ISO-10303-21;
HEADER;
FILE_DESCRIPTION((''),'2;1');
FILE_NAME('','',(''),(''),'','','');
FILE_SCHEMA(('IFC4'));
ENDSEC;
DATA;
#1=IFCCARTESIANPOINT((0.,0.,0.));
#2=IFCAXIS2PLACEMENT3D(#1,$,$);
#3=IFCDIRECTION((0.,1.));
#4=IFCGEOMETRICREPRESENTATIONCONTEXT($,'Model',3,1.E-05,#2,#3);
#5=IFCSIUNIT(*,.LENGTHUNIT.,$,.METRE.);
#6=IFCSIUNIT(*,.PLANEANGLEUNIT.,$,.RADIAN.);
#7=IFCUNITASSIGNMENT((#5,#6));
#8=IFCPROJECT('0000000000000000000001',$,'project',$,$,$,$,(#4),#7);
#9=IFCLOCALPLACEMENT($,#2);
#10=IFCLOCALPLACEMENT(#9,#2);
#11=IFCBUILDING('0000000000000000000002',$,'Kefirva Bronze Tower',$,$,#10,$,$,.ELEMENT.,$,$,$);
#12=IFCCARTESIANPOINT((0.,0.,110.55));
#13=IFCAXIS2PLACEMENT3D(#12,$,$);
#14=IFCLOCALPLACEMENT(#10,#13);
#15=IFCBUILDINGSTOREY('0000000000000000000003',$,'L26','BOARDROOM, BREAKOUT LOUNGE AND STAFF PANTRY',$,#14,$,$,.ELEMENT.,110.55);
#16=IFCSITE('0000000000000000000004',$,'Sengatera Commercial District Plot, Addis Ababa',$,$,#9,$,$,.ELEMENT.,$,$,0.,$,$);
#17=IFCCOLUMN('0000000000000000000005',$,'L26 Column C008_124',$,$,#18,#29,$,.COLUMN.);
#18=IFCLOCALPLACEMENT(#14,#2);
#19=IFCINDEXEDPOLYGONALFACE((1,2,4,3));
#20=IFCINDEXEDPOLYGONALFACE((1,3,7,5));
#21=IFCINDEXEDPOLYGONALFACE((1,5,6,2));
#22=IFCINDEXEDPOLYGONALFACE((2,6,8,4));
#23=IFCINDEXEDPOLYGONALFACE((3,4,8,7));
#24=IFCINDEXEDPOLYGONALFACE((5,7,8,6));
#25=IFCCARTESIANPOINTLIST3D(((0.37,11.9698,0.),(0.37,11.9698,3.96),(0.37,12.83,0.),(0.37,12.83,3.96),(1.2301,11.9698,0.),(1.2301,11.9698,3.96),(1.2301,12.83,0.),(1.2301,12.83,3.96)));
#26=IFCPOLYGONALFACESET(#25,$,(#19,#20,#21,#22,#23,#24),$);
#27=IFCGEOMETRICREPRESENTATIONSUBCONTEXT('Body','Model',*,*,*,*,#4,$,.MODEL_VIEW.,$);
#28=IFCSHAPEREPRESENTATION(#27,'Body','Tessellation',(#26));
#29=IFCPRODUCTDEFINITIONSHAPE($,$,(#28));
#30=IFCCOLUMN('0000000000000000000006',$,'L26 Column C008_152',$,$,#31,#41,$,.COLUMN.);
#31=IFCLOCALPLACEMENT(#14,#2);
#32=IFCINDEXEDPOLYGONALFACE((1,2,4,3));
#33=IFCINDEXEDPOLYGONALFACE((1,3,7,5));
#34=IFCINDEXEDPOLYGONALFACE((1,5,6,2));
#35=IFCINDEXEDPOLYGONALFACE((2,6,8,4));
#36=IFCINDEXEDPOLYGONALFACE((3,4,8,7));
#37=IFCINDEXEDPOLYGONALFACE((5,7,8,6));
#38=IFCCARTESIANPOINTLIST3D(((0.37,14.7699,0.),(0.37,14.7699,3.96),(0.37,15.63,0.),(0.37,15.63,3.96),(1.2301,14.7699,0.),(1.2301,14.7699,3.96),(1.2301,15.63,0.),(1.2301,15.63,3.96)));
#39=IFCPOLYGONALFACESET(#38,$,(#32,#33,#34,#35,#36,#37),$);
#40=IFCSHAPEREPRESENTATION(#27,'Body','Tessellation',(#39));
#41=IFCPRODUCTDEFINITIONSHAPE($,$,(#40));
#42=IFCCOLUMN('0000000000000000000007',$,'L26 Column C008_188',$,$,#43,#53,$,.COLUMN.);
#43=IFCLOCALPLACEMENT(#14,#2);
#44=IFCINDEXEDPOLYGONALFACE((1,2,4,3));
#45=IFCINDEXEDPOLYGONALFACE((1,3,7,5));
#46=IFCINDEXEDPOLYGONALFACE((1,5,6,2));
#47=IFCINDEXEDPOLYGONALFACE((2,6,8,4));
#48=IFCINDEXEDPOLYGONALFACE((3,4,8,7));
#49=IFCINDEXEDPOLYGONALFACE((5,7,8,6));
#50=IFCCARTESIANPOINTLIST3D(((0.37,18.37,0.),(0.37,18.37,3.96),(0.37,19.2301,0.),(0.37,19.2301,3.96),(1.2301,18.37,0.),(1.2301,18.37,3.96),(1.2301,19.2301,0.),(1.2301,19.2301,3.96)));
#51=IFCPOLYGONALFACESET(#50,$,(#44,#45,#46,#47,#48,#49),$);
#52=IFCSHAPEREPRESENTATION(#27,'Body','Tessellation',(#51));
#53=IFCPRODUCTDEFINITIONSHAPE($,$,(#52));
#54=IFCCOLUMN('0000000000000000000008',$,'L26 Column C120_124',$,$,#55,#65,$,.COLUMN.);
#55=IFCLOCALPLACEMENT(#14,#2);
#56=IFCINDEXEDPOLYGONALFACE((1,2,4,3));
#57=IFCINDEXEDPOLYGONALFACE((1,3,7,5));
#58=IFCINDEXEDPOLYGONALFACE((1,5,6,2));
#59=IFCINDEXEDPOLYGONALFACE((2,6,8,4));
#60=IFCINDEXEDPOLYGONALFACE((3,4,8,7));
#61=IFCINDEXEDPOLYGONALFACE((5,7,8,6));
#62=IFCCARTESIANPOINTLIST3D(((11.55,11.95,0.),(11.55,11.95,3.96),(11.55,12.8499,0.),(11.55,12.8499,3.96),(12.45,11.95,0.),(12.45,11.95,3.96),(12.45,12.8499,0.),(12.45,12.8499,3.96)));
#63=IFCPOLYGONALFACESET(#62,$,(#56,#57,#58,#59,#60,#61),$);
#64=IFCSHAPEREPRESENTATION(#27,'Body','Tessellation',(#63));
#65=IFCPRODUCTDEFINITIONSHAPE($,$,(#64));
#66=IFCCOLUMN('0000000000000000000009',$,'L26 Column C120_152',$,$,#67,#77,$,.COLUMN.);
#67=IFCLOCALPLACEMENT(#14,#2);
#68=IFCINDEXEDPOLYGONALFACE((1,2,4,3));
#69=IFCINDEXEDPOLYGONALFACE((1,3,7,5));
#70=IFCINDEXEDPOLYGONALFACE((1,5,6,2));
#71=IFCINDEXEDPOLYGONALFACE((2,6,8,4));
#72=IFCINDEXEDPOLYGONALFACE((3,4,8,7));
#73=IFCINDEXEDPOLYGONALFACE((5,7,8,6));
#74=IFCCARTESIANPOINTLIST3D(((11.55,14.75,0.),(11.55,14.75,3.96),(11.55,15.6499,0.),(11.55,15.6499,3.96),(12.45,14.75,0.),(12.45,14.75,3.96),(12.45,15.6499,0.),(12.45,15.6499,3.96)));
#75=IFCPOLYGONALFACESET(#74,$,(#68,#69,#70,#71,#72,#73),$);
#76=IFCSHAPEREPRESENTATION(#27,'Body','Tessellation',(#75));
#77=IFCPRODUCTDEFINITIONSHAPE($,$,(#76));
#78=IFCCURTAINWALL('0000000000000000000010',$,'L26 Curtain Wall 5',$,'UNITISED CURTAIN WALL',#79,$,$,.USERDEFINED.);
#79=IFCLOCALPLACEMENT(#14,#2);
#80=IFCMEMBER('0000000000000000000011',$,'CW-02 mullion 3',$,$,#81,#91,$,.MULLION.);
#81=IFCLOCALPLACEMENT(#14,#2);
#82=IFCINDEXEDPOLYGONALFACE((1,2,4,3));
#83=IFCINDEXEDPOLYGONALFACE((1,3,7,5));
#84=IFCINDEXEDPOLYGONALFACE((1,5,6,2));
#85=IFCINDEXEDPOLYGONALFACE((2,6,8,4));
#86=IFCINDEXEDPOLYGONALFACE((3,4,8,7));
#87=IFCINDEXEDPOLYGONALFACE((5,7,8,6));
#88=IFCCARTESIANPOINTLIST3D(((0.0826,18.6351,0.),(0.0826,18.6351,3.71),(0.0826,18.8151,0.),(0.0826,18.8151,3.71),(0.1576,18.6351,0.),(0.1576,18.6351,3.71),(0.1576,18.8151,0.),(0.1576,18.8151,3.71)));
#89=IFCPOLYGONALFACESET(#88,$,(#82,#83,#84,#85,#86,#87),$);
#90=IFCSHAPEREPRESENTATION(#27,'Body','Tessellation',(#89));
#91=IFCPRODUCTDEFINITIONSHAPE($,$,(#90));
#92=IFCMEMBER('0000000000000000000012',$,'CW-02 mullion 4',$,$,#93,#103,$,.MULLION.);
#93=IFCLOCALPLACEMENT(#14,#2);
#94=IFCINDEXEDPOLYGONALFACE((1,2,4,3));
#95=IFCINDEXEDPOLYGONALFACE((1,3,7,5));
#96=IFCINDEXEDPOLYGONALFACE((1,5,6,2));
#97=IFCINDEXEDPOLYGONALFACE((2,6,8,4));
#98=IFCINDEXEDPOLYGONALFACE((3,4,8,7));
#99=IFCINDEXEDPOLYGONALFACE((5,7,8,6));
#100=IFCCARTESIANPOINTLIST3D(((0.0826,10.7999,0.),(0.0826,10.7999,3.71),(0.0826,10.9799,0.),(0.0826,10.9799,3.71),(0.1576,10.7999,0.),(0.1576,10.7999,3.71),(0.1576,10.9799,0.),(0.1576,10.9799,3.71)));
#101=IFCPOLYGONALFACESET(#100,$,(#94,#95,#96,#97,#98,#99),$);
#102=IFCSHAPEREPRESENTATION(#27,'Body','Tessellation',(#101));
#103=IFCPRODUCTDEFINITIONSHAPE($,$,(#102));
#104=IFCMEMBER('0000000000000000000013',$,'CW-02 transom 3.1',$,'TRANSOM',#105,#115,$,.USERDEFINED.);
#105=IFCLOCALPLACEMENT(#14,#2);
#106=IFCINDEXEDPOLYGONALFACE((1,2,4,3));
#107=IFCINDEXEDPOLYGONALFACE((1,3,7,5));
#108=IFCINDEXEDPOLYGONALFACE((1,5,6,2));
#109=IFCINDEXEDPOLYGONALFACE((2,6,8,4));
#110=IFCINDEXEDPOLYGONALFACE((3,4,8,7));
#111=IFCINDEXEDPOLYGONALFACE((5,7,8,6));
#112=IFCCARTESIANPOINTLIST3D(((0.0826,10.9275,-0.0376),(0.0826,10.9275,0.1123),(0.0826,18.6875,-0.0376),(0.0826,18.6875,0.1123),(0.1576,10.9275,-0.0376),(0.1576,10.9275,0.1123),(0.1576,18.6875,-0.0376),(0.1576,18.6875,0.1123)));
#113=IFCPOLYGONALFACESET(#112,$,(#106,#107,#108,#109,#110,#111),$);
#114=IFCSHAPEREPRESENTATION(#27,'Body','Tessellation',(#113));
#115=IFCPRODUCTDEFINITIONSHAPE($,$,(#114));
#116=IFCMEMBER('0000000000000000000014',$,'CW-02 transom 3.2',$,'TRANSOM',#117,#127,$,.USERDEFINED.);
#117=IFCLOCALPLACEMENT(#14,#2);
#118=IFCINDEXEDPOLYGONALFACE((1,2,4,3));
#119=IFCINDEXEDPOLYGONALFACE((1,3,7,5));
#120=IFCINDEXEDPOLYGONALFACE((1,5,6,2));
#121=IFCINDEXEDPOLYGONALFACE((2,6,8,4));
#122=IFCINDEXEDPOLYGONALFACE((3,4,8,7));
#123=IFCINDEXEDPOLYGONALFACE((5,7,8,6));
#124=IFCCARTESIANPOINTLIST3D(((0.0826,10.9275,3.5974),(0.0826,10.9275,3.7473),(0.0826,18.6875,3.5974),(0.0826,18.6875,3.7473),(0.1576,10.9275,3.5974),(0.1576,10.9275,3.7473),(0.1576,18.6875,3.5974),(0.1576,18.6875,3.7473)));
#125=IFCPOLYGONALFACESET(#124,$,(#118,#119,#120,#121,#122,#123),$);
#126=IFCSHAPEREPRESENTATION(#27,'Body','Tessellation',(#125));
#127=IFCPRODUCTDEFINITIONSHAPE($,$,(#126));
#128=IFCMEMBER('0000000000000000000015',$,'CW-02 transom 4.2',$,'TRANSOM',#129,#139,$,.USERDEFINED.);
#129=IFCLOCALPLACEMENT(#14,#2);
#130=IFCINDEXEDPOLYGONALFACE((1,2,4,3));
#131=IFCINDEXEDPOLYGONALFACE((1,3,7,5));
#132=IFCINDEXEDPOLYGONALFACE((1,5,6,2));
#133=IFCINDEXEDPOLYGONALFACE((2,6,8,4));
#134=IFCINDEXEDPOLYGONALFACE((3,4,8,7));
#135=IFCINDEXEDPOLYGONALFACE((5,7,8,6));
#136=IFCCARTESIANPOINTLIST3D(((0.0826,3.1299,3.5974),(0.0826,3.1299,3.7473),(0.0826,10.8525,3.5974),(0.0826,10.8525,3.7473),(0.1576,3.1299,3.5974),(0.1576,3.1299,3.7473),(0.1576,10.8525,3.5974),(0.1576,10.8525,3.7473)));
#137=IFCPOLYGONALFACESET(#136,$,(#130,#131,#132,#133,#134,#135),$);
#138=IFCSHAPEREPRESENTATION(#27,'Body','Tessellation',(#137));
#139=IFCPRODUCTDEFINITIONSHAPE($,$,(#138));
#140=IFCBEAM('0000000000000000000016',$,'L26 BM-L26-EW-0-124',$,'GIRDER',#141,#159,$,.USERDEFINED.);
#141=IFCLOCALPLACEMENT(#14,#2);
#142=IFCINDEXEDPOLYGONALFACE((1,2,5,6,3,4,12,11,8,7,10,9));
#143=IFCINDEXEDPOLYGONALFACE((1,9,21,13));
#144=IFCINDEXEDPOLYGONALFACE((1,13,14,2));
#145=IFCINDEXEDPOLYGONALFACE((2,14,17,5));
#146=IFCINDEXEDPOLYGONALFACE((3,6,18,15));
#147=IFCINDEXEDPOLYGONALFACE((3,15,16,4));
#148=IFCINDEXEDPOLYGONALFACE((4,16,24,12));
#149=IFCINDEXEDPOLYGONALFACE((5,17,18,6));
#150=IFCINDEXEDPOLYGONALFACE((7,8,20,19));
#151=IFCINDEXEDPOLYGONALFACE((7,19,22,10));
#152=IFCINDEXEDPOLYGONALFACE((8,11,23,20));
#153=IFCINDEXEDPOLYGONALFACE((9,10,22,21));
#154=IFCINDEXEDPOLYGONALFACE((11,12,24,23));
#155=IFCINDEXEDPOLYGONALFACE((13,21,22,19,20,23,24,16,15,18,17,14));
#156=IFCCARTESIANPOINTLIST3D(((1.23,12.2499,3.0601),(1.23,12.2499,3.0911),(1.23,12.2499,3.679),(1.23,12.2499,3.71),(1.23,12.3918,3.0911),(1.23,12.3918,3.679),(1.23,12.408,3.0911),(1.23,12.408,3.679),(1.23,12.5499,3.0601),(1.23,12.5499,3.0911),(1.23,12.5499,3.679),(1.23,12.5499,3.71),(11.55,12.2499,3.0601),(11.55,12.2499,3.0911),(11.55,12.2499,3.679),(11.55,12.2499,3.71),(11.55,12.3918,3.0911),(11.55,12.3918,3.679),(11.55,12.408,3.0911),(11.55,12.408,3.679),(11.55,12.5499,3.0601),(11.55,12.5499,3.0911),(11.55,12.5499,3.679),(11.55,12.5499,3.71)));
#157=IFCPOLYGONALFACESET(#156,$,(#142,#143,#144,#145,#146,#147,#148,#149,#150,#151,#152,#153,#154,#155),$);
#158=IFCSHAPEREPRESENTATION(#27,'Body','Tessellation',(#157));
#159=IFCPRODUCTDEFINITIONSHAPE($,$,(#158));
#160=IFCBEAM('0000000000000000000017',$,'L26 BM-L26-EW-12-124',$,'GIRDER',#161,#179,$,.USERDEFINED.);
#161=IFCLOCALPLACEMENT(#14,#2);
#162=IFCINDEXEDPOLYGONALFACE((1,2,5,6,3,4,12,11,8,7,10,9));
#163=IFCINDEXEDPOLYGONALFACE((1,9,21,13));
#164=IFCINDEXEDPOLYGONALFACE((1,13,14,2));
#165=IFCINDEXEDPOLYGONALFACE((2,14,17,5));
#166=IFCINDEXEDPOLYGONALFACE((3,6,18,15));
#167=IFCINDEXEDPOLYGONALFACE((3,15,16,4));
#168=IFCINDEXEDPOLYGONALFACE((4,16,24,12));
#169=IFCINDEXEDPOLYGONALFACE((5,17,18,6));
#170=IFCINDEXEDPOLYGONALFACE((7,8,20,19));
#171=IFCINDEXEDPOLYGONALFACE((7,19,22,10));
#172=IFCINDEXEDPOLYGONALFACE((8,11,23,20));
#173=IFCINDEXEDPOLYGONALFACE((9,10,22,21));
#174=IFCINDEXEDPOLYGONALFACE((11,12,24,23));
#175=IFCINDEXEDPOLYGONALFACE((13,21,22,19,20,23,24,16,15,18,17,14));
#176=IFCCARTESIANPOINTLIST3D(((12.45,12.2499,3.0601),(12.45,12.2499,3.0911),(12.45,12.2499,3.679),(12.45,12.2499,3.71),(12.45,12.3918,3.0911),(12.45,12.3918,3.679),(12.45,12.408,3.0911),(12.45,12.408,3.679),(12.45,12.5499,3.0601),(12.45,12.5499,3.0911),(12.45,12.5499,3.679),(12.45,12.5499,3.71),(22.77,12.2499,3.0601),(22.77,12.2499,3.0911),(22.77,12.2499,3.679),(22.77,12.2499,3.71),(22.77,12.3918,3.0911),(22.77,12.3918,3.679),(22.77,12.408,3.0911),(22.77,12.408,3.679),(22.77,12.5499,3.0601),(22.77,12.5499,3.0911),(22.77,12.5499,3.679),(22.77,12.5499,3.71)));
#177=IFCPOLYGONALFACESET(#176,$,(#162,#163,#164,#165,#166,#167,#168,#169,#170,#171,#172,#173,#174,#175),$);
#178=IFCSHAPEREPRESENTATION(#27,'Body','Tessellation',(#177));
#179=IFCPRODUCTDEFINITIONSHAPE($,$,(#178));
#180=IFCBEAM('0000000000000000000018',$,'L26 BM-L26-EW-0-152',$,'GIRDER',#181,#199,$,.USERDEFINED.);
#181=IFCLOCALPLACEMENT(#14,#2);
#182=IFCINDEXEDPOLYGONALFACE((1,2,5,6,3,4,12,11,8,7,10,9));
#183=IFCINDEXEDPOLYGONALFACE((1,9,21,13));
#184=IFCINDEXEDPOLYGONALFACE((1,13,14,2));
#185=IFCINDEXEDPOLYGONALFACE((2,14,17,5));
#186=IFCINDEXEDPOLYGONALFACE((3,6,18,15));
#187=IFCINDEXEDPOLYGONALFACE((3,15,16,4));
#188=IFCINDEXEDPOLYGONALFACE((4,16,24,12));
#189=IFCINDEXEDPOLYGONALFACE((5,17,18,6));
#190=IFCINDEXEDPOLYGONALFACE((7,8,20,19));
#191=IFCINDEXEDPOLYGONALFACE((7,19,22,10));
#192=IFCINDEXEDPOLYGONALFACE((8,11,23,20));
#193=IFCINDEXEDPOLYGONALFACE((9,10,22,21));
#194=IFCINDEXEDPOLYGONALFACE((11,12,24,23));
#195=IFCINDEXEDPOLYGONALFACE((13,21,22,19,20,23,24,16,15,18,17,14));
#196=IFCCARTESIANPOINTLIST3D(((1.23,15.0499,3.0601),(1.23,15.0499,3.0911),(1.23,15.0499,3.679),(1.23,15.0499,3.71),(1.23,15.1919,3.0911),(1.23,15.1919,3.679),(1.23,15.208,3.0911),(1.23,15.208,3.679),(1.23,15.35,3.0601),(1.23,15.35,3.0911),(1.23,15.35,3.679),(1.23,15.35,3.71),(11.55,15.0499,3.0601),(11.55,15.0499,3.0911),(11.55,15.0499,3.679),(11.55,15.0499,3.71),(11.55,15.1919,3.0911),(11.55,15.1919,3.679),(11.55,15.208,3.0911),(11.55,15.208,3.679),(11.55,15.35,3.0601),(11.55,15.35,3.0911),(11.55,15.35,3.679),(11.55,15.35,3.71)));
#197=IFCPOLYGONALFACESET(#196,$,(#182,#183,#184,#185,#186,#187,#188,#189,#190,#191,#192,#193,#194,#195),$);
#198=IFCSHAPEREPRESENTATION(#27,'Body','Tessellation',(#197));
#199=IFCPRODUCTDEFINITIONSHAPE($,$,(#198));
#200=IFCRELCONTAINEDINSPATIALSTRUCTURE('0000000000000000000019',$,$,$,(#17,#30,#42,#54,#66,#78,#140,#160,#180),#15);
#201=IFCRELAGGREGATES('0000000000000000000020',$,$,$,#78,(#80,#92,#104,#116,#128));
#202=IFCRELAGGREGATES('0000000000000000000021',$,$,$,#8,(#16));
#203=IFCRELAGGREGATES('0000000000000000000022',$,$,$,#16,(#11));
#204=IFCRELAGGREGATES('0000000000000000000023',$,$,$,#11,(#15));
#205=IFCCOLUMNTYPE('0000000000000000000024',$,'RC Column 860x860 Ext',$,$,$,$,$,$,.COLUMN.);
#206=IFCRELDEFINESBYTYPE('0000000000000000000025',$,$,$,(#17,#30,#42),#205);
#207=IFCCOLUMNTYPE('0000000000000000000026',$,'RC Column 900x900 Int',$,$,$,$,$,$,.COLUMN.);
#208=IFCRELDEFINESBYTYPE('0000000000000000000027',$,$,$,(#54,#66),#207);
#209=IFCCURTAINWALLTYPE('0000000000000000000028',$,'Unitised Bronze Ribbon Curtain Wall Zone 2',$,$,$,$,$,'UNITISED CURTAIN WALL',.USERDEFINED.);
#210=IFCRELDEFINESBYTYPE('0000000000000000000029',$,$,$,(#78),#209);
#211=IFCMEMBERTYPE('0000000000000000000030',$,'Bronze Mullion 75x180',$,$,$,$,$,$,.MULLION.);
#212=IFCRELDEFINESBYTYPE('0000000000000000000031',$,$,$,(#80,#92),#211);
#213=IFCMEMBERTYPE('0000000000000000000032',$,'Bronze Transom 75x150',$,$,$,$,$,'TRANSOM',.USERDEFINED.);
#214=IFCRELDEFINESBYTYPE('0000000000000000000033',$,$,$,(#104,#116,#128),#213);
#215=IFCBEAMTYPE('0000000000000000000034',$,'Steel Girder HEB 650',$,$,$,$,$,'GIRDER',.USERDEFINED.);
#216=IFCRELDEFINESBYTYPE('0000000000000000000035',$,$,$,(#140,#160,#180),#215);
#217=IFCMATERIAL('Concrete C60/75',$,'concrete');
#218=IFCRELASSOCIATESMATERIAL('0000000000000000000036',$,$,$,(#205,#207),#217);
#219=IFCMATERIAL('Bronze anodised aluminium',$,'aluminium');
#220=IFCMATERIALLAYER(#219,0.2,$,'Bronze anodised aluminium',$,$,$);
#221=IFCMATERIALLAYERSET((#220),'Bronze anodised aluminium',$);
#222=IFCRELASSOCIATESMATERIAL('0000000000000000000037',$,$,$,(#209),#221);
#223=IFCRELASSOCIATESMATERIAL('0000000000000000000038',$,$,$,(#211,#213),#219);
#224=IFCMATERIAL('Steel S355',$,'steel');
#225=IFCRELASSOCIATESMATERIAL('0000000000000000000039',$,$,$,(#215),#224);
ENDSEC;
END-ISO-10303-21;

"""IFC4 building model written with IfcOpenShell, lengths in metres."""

from ifc_helpers import new_model, si_unit, direction, frame, origin, origin_2d, place, context, subcontext, project, spatial, rectangle, i_section, extrude, material, layer, layer_set, material_profile, profile_set, type_object, element, aggregate, save


model = new_model("IFC4")

# Units and contexts
model_context = context("Model", 3, precision=1e-05, world=origin(), true_north=direction((0.0, 1.0)))
body_context = subcontext(model_context, "Body", "Model", "MODEL_VIEW")
ifc_project = project(units=[si_unit("LENGTHUNIT", "METRE"), si_unit("PLANEANGLEUNIT", "RADIAN")], contexts=[model_context])

# Site, building, storey
site_placement = place(None, origin())
site = spatial("IfcSite", under=ifc_project, at=site_placement, Name="Sengatera Commercial District Plot, Addis Ababa", CompositionType="ELEMENT", RefElevation=0.0)
building_placement = place(site_placement, origin())
building = spatial("IfcBuilding", under=site, at=building_placement, Name="Kefirva Bronze Tower", CompositionType="ELEMENT")
storey_placement = place(building_placement, frame((0.0, 0.0, 110.55)))
storey = spatial("IfcBuildingStorey", under=building, at=storey_placement, Name="L26", Description="BOARDROOM, BREAKOUT LOUNGE AND STAFF PANTRY", CompositionType="ELEMENT", Elevation=110.55)

# Columns
ifc_material_1 = material(Name="Concrete C60/75", Category="concrete")
ifc_material_profile_1 = material_profile(ifc_material_1, rectangle(XDim=0.8601, YDim=0.8601, at=origin_2d()), Name="RC 860x860")
ifc_profile_set_1 = profile_set([ifc_material_profile_1], Name="Concrete C60/75")
column_type_1 = type_object("IfcColumnType", Name="RC Column 860x860 Ext", PredefinedType="COLUMN", material=ifc_profile_set_1)
for number, where, z_axis, x_axis, name in (
    (1, (0.8, 12.3999, 0.0), (0.0, 0.0, 1.0), (1.0, 0.0, 0.0), "L26 Column C008_124"),
    (2, (0.8, 15.2, 0.0), (0.0, 0.0, 1.0), (1.0, 0.0, 0.0), "L26 Column C008_152"),
    (3, (0.8, 18.8, 0.0), (0.0, 0.0, 1.0), (1.0, 0.0, 0.0), "L26 Column C008_188"),
):
    element("IfcColumn", number, at=place(storey_placement, frame(where, z_axis=z_axis, x_axis=x_axis)), inside=storey, type_object=column_type_1, Name=name, PredefinedType="COLUMN", context=body_context, shape_type="SweptSolid", body=[
        extrude(rectangle(XDim=0.8601, YDim=0.8601, at=origin_2d()), origin(), (0.0, 0.0, 1.0), 3.96),
    ])
ifc_material_profile_2 = material_profile(ifc_material_1, rectangle(XDim=0.8999, YDim=0.8999, at=origin_2d()), Name="RC 900x900")
ifc_profile_set_2 = profile_set([ifc_material_profile_2], Name="Concrete C60/75")
column_type_2 = type_object("IfcColumnType", Name="RC Column 900x900 Int", PredefinedType="COLUMN", material=ifc_profile_set_2)
for number, where, z_axis, x_axis, name in (
    (4, (12.0, 12.3999, 0.0), (0.0, 0.0, 1.0), (1.0, 0.0, 0.0), "L26 Column C120_124"),
    (5, (12.0, 15.2, 0.0), (0.0, 0.0, 1.0), (1.0, 0.0, 0.0), "L26 Column C120_152"),
):
    element("IfcColumn", number, at=place(storey_placement, frame(where, z_axis=z_axis, x_axis=x_axis)), inside=storey, type_object=column_type_2, Name=name, PredefinedType="COLUMN", context=body_context, shape_type="SweptSolid", body=[
        extrude(rectangle(XDim=0.8999, YDim=0.8999, at=origin_2d()), origin(), (0.0, 0.0, 1.0), 3.96),
    ])

# Curtain wall, members
ifc_material_2 = material(Name="Bronze anodised aluminium", Category="aluminium")
ifc_layer_1 = layer(ifc_material_2, 0.2, Name="Bronze anodised aluminium")
ifc_layer_set_1 = layer_set([ifc_layer_1], Name="Bronze anodised aluminium")
curtain_wall_type = type_object("IfcCurtainWallType", Name="Unitised Bronze Ribbon Curtain Wall Zone 2", ElementType="UNITISED CURTAIN WALL", PredefinedType="USERDEFINED", material=ifc_layer_set_1)
curtain_wall_placement = place(storey_placement, origin())
curtain_wall = element("IfcCurtainWall", 6, at=curtain_wall_placement, inside=storey, type_object=curtain_wall_type, Name="L26 Curtain Wall 5", ObjectType="UNITISED CURTAIN WALL", PredefinedType="USERDEFINED")
ifc_material_profile_3 = material_profile(ifc_material_2, rectangle(XDim=0.075, YDim=0.1799, at=origin_2d()), Name="ALU 75x180")
ifc_profile_set_3 = profile_set([ifc_material_profile_3], Name="Bronze anodised aluminium")
member_type_1 = type_object("IfcMemberType", Name="Bronze Mullion 75x180", PredefinedType="MULLION", material=ifc_profile_set_3)
member_1_placement = place(storey_placement, frame((0.1201, 18.7251, 0.0), z_axis=(0.0, 0.0, 1.0), x_axis=(1.0, 0.0, 0.0)))
member_1 = element("IfcMember", 7, at=member_1_placement, type_object=member_type_1, Name="CW-02 mullion 3", PredefinedType="MULLION", context=body_context, shape_type="SweptSolid", body=[
    extrude(rectangle(XDim=0.075, YDim=0.1799, at=origin_2d()), origin(), (0.0, 0.0, 1.0), 3.71),
])
member_2_placement = place(storey_placement, frame((0.1201, 10.8899, 0.0), z_axis=(0.0, 0.0, 1.0), x_axis=(1.0, 0.0, 0.0)))
member_2 = element("IfcMember", 8, at=member_2_placement, type_object=member_type_1, Name="CW-02 mullion 4", PredefinedType="MULLION", context=body_context, shape_type="SweptSolid", body=[
    extrude(rectangle(XDim=0.075, YDim=0.1799, at=origin_2d()), origin(), (0.0, 0.0, 1.0), 3.71),
])
ifc_material_profile_4 = material_profile(ifc_material_2, rectangle(XDim=0.075, YDim=0.1499, at=origin_2d()), Name="ALU 75x150")
ifc_profile_set_4 = profile_set([ifc_material_profile_4], Name="Bronze anodised aluminium")
member_type_2 = type_object("IfcMemberType", Name="Bronze Transom 75x150", ElementType="TRANSOM", PredefinedType="USERDEFINED", material=ifc_profile_set_4)
member_3_placement = place(storey_placement, frame((0.1201, 18.6875, 0.0374), z_axis=(0.0, -1.0, 0.0), x_axis=(1.0, 0.0, 0.0)))
member_3 = element("IfcMember", 9, at=member_3_placement, type_object=member_type_2, Name="CW-02 transom 3.1", ObjectType="TRANSOM", PredefinedType="USERDEFINED", context=body_context, shape_type="SweptSolid", body=[
    extrude(rectangle(XDim=0.075, YDim=0.1499, at=origin_2d()), origin(), (0.0, 0.0, 1.0), 7.76),
])
member_4_placement = place(storey_placement, frame((0.1201, 18.6875, 3.6724), z_axis=(0.0, -1.0, 0.0), x_axis=(1.0, 0.0, 0.0)))
member_4 = element("IfcMember", 10, at=member_4_placement, type_object=member_type_2, Name="CW-02 transom 3.2", ObjectType="TRANSOM", PredefinedType="USERDEFINED", context=body_context, shape_type="SweptSolid", body=[
    extrude(rectangle(XDim=0.075, YDim=0.1499, at=origin_2d()), origin(), (0.0, 0.0, 1.0), 7.76),
])
member_5_placement = place(storey_placement, frame((0.1201, 10.8525, 3.6724), z_axis=(0.0, -1.0, 0.0), x_axis=(1.0, 0.0, 0.0)))
member_5 = element("IfcMember", 11, at=member_5_placement, type_object=member_type_2, Name="CW-02 transom 4.2", ObjectType="TRANSOM", PredefinedType="USERDEFINED", context=body_context, shape_type="SweptSolid", body=[
    extrude(rectangle(XDim=0.075, YDim=0.1499, at=origin_2d()), origin(), (0.0, 0.0, 1.0), 7.7227),
])

# Beams
ifc_material_3 = material(Name="Steel S355", Category="steel")
ifc_material_profile_5 = material_profile(ifc_material_3, i_section(OverallWidth=0.3, OverallDepth=0.6499, WebThickness=0.0161, FlangeThickness=0.031, at=origin_2d()), Name="HEB 650")
ifc_profile_set_5 = profile_set([ifc_material_profile_5], Name="Steel S355")
beam_type_1 = type_object("IfcBeamType", Name="Steel Girder HEB 650", ElementType="GIRDER", PredefinedType="USERDEFINED", material=ifc_profile_set_5)
for number, where, z_axis, x_axis, name in (
    (12, (1.23, 12.3999, 3.385), (1.0, 0.0, 0.0), (0.0, 1.0, 0.0), "L26 BM-L26-EW-0-124"),
    (13, (12.45, 12.3999, 3.385), (1.0, 0.0, 0.0), (0.0, 1.0, 0.0), "L26 BM-L26-EW-12-124"),
    (14, (1.23, 15.2, 3.385), (1.0, 0.0, 0.0), (0.0, 1.0, 0.0), "L26 BM-L26-EW-0-152"),
):
    element("IfcBeam", number, at=place(storey_placement, frame(where, z_axis=z_axis, x_axis=x_axis)), inside=storey, type_object=beam_type_1, Name=name, ObjectType="GIRDER", PredefinedType="USERDEFINED", context=body_context, shape_type="SweptSolid", body=[
        extrude(i_section(OverallWidth=0.3, OverallDepth=0.6499, WebThickness=0.0161, FlangeThickness=0.031, at=origin_2d()), origin(), (0.0, 0.0, 1.0), 10.3201),
    ])

aggregate(curtain_wall, [member_1, member_2, member_3, member_4, member_5])

save(model, "model.ifc")
